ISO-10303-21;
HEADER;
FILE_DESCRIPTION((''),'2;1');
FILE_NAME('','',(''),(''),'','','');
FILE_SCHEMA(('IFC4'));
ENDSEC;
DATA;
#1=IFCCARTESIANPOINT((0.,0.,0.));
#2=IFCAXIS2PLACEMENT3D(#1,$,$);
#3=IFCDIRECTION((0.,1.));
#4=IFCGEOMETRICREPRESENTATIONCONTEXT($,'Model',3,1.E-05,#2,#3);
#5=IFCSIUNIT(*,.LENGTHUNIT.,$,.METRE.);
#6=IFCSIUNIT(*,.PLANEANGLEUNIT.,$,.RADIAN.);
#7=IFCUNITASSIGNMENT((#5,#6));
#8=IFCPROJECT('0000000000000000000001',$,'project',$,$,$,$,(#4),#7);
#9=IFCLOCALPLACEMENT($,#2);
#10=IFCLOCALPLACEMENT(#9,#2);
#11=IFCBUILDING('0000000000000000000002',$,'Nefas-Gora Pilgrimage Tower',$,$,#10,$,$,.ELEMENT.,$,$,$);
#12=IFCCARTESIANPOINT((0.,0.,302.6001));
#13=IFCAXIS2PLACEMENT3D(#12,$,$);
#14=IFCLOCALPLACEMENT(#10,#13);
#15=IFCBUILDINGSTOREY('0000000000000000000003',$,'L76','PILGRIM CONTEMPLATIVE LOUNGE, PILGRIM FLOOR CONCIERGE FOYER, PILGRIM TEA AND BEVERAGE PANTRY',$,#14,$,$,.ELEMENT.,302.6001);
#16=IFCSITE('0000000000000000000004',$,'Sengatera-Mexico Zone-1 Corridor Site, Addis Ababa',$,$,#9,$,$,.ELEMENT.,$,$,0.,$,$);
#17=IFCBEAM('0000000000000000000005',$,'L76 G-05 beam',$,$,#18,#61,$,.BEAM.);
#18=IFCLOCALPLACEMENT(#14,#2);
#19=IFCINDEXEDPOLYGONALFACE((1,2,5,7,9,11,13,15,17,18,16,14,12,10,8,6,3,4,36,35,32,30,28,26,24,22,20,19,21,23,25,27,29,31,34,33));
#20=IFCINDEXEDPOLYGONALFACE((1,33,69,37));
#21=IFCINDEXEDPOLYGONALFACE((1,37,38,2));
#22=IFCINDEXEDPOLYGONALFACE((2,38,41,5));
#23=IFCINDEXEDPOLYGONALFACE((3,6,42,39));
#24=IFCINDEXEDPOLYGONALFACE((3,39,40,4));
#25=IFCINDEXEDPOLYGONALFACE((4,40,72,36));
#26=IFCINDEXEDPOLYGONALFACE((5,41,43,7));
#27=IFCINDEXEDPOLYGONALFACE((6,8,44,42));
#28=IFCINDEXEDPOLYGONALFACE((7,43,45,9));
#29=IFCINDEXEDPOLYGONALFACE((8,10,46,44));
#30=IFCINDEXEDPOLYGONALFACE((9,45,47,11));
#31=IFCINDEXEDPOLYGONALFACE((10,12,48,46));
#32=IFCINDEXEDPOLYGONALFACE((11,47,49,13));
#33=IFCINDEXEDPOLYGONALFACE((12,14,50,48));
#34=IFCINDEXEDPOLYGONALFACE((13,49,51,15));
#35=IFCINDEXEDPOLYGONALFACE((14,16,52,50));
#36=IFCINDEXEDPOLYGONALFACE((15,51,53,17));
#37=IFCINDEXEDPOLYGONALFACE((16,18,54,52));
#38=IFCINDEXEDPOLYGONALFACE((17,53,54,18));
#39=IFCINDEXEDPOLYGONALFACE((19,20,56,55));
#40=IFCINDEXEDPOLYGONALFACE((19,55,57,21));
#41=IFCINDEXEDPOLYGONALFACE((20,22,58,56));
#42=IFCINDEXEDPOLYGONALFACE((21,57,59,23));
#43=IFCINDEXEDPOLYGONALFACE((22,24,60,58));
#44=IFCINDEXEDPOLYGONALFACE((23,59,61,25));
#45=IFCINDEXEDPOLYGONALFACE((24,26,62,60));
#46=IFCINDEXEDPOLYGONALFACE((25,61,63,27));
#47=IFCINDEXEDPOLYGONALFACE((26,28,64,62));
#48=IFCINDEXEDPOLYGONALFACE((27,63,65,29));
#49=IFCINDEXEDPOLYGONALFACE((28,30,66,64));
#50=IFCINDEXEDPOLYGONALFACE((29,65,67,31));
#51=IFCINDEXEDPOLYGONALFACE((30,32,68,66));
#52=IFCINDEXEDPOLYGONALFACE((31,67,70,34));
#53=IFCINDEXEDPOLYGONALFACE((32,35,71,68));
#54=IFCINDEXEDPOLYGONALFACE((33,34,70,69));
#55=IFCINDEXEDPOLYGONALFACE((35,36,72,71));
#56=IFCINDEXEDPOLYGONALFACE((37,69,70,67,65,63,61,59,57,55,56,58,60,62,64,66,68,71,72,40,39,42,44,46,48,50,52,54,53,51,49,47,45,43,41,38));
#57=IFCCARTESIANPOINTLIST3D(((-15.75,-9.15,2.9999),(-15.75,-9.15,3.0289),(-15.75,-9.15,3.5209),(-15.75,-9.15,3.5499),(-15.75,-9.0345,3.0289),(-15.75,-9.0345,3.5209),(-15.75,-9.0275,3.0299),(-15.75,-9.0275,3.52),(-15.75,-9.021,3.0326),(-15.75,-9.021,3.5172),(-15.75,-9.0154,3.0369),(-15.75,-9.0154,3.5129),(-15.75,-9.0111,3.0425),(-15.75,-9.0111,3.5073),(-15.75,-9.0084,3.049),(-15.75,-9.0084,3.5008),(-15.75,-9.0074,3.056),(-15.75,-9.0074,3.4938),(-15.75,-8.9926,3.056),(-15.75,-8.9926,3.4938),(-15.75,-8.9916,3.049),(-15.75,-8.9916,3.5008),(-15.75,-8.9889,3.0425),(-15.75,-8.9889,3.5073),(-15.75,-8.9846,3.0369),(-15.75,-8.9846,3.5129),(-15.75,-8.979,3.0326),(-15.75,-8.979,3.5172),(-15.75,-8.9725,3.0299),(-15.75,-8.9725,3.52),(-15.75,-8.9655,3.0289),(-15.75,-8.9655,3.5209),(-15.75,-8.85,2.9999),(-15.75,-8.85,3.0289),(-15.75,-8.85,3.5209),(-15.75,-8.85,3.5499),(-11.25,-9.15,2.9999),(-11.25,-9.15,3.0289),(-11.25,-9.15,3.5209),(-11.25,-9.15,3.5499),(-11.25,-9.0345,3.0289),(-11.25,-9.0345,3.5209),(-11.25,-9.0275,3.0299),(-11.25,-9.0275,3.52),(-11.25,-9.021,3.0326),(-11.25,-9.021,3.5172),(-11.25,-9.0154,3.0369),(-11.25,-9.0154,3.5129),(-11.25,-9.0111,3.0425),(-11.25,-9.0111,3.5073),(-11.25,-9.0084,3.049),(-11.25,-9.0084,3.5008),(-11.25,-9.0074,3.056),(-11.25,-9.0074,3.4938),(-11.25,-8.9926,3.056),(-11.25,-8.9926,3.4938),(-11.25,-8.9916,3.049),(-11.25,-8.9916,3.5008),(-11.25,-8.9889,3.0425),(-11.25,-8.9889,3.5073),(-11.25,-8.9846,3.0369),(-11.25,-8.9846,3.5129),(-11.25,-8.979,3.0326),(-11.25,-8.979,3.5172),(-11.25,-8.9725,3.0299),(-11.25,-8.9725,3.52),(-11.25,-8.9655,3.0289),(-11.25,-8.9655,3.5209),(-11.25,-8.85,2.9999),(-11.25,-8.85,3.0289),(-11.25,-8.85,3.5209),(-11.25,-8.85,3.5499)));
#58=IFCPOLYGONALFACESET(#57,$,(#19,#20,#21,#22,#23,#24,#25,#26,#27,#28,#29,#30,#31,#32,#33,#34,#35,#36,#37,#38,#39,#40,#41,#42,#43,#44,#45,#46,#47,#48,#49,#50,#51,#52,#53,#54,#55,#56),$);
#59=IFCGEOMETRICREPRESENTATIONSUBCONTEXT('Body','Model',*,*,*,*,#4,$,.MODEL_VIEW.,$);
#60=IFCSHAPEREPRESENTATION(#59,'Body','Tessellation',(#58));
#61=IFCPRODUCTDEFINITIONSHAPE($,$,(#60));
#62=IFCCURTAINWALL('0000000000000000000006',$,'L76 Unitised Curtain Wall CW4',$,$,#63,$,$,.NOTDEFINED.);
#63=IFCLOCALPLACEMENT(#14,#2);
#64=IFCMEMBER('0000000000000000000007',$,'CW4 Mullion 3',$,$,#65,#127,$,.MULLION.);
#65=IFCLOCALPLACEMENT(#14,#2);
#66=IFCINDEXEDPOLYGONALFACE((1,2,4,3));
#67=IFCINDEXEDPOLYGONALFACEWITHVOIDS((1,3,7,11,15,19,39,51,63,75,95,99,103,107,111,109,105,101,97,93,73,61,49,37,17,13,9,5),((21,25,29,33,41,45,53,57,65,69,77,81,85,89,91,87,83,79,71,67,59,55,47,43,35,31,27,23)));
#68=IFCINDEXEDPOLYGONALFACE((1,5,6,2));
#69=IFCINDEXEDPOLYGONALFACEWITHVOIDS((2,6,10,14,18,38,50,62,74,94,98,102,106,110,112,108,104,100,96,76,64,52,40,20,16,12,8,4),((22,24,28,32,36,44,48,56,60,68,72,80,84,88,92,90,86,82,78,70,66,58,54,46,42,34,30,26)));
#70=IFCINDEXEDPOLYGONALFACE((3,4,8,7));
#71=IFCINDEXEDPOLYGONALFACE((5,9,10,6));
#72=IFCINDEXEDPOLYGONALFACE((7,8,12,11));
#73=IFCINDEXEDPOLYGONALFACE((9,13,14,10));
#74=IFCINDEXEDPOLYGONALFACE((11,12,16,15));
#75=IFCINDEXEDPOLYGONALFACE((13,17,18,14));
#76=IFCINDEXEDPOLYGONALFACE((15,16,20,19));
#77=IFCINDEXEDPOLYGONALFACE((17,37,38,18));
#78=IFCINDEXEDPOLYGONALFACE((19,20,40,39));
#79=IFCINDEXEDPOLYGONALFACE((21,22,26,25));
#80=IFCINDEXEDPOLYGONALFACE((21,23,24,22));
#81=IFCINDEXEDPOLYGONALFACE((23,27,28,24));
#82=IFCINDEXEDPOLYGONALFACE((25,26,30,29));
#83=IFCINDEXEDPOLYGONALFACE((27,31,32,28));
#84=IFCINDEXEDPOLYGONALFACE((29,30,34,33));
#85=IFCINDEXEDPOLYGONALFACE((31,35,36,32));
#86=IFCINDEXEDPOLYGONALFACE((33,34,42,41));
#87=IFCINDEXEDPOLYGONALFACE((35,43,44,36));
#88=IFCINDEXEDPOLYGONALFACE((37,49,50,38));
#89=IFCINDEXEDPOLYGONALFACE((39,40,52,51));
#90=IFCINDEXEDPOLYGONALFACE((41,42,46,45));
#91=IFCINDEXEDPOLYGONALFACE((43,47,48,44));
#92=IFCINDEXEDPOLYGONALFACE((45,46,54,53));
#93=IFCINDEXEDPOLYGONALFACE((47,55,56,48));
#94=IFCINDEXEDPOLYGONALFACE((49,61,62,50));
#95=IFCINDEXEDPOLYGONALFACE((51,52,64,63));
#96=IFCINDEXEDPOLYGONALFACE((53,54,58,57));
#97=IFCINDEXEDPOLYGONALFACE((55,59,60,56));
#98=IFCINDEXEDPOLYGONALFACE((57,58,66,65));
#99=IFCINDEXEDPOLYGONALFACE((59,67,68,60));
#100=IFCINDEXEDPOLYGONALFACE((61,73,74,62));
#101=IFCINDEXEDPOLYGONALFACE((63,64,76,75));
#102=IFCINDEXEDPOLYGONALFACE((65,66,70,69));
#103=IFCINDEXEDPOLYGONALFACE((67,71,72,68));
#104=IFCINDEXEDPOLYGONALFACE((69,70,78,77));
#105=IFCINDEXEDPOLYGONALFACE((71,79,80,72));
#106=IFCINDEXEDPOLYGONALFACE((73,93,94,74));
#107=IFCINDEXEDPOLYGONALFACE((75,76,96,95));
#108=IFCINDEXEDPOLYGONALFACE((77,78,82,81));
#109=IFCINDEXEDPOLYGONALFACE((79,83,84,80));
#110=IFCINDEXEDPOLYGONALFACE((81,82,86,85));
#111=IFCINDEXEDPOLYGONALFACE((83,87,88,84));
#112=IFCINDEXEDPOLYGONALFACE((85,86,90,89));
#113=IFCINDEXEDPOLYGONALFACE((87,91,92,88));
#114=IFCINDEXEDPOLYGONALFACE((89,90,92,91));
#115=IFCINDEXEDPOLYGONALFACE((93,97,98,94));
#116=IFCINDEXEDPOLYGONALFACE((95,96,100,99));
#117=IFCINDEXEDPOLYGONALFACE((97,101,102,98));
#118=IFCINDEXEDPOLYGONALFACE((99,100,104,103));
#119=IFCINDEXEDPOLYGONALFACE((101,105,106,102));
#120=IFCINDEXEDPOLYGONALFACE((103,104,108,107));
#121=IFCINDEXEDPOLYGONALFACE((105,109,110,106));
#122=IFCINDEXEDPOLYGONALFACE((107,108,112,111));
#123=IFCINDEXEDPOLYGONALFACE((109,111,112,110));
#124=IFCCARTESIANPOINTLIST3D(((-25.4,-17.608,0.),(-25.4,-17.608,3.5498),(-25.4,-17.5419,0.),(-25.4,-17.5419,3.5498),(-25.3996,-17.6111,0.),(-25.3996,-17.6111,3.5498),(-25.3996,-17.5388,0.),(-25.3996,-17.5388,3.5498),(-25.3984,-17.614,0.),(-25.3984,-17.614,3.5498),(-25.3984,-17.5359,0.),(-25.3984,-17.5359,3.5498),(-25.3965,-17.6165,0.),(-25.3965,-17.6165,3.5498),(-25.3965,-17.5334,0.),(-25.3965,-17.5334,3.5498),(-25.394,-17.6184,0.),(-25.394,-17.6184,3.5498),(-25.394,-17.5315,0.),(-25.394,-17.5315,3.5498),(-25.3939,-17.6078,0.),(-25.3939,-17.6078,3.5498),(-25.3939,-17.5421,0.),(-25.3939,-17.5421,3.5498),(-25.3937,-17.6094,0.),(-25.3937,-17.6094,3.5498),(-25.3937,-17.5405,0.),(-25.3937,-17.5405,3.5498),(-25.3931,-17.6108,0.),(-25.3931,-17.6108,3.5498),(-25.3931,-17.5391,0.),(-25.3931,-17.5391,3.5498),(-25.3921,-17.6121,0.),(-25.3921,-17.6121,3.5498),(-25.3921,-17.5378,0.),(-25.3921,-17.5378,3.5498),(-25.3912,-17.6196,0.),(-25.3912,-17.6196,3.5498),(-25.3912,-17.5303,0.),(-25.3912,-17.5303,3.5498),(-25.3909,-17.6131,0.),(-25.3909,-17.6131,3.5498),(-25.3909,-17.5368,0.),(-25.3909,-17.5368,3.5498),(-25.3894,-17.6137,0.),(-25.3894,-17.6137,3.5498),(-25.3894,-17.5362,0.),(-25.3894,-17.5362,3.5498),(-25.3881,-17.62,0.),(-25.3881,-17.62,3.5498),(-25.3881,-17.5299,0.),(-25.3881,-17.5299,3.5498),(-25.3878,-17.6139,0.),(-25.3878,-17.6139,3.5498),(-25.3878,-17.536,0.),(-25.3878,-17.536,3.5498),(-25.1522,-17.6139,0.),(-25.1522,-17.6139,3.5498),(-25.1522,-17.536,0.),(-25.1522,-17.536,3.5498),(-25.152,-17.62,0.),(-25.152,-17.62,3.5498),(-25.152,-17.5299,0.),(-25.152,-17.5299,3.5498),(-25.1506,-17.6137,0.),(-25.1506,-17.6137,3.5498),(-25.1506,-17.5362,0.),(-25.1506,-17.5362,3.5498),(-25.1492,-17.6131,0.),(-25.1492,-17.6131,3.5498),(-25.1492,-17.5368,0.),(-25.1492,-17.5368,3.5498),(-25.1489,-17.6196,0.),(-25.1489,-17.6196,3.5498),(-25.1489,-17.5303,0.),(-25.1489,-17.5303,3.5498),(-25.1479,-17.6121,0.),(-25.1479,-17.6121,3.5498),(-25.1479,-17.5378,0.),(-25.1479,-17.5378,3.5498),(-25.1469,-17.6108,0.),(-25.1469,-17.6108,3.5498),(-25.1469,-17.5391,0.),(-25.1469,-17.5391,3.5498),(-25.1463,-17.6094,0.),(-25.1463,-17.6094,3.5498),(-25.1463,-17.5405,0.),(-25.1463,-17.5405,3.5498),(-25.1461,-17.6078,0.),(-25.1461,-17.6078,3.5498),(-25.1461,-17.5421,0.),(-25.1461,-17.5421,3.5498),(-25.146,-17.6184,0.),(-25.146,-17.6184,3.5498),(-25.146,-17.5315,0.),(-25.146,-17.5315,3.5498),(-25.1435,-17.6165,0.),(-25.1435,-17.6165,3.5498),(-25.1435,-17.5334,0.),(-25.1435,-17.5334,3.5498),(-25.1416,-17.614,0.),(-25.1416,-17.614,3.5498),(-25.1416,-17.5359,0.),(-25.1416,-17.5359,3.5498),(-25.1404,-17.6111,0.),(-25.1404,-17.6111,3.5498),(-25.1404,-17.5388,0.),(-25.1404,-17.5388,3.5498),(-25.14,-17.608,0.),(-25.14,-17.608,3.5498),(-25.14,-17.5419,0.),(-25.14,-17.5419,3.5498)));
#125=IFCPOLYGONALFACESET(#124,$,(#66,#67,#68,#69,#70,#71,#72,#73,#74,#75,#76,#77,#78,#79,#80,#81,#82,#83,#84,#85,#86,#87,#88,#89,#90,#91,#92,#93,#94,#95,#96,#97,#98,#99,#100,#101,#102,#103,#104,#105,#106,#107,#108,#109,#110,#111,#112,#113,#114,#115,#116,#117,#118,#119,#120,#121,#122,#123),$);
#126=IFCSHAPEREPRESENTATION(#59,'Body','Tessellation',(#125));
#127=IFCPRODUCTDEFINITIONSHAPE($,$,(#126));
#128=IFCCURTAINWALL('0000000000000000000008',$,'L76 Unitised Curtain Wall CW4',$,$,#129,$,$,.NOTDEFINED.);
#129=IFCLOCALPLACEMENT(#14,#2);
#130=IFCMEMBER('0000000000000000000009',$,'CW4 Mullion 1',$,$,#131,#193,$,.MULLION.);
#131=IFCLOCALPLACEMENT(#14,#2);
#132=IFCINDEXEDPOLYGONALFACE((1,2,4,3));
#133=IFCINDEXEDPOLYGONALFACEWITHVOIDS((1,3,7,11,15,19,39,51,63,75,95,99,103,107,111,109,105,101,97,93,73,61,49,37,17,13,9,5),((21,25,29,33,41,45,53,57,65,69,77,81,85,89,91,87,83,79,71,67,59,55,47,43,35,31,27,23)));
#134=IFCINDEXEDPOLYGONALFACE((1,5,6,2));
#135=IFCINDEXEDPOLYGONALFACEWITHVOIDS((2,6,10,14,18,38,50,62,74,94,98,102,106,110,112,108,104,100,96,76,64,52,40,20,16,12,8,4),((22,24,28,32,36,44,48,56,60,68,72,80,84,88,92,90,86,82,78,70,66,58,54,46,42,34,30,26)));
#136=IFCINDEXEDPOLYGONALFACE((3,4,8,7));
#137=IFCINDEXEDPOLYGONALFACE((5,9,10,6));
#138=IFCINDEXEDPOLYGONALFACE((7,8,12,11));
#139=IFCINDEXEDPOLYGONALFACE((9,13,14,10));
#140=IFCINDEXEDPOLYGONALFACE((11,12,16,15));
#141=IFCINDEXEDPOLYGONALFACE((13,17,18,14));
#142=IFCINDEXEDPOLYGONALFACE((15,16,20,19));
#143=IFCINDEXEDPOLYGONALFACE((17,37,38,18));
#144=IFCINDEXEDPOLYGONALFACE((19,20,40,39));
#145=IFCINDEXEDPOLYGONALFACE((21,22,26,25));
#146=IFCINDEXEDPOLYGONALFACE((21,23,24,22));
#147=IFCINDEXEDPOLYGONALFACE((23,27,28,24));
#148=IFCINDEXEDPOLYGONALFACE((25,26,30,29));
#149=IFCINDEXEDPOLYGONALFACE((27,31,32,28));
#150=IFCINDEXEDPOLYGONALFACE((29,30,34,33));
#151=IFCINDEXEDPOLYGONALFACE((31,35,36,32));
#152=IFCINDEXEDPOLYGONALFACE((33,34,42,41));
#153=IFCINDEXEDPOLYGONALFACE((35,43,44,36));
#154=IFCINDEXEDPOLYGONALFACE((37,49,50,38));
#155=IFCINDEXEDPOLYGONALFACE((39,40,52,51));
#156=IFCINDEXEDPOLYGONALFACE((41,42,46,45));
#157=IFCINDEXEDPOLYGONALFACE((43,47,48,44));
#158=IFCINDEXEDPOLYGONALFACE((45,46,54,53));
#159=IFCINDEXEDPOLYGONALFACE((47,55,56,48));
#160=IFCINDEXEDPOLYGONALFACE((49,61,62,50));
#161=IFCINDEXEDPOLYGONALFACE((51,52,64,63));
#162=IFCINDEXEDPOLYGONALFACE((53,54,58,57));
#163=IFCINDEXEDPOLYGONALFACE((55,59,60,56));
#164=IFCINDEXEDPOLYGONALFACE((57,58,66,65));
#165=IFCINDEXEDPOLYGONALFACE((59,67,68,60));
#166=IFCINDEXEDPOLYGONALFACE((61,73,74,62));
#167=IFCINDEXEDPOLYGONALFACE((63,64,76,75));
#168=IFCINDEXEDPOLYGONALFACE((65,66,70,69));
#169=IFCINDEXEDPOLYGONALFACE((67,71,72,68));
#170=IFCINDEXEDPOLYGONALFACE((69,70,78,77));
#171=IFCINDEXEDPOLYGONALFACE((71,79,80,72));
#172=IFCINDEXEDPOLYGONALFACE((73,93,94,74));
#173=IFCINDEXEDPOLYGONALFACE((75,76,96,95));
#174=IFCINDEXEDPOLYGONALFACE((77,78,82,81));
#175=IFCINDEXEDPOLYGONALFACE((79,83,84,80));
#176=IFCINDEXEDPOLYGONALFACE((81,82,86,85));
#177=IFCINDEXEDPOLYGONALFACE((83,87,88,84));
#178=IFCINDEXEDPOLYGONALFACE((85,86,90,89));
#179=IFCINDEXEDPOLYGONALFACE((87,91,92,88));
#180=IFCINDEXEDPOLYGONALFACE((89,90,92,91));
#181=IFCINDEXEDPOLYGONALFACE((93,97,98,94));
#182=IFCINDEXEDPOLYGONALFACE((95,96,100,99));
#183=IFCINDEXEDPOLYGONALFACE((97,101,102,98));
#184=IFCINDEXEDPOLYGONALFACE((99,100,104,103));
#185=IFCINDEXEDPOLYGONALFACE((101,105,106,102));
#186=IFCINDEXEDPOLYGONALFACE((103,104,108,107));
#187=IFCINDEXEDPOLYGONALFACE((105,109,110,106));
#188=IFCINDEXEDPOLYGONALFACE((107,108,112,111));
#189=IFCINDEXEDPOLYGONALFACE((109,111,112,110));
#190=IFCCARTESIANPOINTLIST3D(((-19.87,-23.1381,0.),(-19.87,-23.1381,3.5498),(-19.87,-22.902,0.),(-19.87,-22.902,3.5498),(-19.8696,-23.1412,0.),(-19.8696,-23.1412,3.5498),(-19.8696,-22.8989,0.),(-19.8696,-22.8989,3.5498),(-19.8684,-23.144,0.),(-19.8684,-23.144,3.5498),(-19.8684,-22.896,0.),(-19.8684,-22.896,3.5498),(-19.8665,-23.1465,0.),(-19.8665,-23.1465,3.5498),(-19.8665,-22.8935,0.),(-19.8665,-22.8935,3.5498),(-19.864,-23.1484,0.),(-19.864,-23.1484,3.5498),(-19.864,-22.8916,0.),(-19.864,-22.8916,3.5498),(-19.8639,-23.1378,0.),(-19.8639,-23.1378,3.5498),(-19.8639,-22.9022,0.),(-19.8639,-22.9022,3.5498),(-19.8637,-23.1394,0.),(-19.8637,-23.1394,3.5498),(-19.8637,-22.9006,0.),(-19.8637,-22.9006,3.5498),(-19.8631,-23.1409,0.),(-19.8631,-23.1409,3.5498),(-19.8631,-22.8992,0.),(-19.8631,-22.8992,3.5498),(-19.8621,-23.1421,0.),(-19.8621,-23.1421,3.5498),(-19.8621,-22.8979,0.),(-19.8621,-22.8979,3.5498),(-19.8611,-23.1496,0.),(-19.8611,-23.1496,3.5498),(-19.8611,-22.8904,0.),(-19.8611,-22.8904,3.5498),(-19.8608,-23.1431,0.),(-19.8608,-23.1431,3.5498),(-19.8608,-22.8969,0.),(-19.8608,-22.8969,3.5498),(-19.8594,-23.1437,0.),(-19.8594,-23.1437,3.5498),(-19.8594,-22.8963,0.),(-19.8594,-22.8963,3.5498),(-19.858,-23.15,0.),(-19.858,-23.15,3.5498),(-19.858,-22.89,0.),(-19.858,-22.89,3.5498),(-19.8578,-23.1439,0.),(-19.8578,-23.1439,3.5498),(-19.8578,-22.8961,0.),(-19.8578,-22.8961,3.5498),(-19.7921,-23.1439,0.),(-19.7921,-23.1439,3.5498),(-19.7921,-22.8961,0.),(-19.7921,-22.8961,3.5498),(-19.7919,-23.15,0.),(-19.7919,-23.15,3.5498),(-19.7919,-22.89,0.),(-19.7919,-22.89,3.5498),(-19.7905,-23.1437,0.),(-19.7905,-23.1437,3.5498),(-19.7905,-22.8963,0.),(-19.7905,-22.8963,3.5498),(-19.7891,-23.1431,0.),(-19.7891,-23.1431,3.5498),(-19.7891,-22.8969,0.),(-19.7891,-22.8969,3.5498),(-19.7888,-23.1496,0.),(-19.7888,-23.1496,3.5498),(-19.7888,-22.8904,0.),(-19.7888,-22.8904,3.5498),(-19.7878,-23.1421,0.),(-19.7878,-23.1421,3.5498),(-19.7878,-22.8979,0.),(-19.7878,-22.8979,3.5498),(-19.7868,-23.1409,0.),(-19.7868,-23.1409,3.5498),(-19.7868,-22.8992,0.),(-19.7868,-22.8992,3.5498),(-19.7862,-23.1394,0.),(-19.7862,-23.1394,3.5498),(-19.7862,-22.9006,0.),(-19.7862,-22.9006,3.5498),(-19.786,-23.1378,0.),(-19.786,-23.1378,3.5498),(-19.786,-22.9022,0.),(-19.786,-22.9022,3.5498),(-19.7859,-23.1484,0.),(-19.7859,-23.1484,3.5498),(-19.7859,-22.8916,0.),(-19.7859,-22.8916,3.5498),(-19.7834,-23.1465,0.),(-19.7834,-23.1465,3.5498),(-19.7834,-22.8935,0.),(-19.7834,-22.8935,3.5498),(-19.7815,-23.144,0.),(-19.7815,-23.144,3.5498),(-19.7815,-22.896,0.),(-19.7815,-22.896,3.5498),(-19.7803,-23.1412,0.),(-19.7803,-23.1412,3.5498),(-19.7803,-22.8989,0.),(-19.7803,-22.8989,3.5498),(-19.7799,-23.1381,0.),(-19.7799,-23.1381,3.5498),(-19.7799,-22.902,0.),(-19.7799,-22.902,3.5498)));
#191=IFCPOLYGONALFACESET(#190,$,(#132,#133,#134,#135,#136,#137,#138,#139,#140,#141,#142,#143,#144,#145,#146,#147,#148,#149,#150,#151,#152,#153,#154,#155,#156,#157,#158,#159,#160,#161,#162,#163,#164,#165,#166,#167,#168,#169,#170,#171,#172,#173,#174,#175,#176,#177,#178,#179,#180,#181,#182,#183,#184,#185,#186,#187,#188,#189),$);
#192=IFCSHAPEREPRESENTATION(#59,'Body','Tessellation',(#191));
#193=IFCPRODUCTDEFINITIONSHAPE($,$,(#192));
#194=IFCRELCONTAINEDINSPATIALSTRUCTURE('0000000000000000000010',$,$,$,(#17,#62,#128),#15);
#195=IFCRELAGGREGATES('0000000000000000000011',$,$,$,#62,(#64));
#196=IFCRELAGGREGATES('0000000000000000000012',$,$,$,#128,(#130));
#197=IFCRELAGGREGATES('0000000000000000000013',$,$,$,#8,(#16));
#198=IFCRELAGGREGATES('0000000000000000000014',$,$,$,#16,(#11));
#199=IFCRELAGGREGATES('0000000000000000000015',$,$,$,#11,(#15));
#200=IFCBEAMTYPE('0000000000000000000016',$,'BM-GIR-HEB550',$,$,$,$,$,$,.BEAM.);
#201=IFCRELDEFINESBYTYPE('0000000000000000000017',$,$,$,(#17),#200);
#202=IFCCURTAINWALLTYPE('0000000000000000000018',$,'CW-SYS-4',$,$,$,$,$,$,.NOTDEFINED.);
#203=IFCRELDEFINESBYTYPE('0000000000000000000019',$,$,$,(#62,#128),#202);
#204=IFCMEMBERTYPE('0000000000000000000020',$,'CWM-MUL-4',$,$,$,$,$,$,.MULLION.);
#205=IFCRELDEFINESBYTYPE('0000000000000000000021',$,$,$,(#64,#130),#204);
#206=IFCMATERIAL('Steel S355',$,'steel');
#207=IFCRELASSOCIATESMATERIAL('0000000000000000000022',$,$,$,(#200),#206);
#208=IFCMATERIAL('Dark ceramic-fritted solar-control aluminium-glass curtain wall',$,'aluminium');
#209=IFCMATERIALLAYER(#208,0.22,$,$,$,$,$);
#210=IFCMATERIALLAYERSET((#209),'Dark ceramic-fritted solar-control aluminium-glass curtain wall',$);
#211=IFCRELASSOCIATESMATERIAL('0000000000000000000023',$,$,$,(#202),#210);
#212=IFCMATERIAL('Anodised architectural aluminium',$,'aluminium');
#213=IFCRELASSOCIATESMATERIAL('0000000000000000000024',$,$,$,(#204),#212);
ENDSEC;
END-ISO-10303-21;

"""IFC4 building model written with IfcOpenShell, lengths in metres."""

from ifc_helpers import new_model, si_unit, direction, frame, origin, origin_2d, place, context, subcontext, project, spatial, hollow_rectangle, i_section, extrude, source, transform, mapped, material, layer, layer_set, material_profile, profile_set, type_object, element, aggregate, save


model = new_model("IFC4")

# Units and contexts
model_context = context("Model", 3, precision=1e-05, world=origin(), true_north=direction((0.0, 1.0)))
body_context = subcontext(model_context, "Body", "Model", "MODEL_VIEW")
ifc_project = project(units=[si_unit("LENGTHUNIT", "METRE"), si_unit("PLANEANGLEUNIT", "RADIAN")], contexts=[model_context])

# Site, building, storey
site_placement = place(None, origin())
site = spatial("IfcSite", under=ifc_project, at=site_placement, Name="Sengatera-Mexico Zone-1 Corridor Site, Addis Ababa", CompositionType="ELEMENT", RefElevation=0.0)
building_placement = place(site_placement, origin())
building = spatial("IfcBuilding", under=site, at=building_placement, Name="Nefas-Gora Pilgrimage Tower", CompositionType="ELEMENT")
storey_placement = place(building_placement, frame((0.0, 0.0, 302.6001)))
storey = spatial("IfcBuildingStorey", under=building, at=storey_placement, Name="L76", Description="PILGRIM CONTEMPLATIVE LOUNGE, PILGRIM FLOOR CONCIERGE FOYER, PILGRIM TEA AND BEVERAGE PANTRY", CompositionType="ELEMENT", Elevation=302.6001)

# Shared definitions
ifc_material_1 = material(Name="Steel S355", Category="steel")

# Beam
ifc_material_profile_1 = material_profile(ifc_material_1, i_section(OverallWidth=0.3, OverallDepth=0.55, WebThickness=0.0149, FlangeThickness=0.0291, FilletRadius=0.0271, at=origin_2d()), Name="HEB 550")
ifc_profile_set_1 = profile_set([ifc_material_profile_1], Name="Steel S355")
beam_type_1 = type_object("IfcBeamType", Name="BM-GIR-HEB550", PredefinedType="BEAM", material=ifc_profile_set_1)
shared_shape_1 = source(origin(), body_context, "Body", "SweptSolid", [
    extrude(i_section(OverallWidth=0.3, OverallDepth=0.55, WebThickness=0.0149, FlangeThickness=0.0291, FilletRadius=0.0271, at=origin_2d()), origin(), (0.0, 0.0, 1.0), 4.5),
])
for number, where, z_axis, x_axis, name in (
    (1, (-15.75, -9.0, 3.2749), (1.0, 0.0, 0.0), (0.0, 1.0, 0.0), "L76 G-05 beam"),
):
    element("IfcBeam", number, at=place(storey_placement, frame(where, z_axis=z_axis, x_axis=x_axis)), inside=storey, type_object=beam_type_1, Name=name, PredefinedType="BEAM", context=body_context, shape_type="MappedRepresentation", body=[
        mapped(shared_shape_1, transform((0.0, 0.0, 0.0), x_axis=(1.0, 0.0, 0.0), y_axis=(0.0, 1.0, 0.0), z_axis=(0.0, 0.0, 1.0), scale=1.0)),
    ])

# Curtain wall, member
ifc_material_2 = material(Name="Dark ceramic-fritted solar-control aluminium-glass curtain wall", Category="aluminium")
ifc_layer_1 = layer(ifc_material_2, 0.22)
ifc_layer_set_1 = layer_set([ifc_layer_1], Name="Dark ceramic-fritted solar-control aluminium-glass curtain wall")
curtain_wall_type = type_object("IfcCurtainWallType", Name="CW-SYS-4", PredefinedType="NOTDEFINED", material=ifc_layer_set_1)
curtain_wall_1_placement = place(storey_placement, origin())
curtain_wall_1 = element("IfcCurtainWall", 2, at=curtain_wall_1_placement, inside=storey, type_object=curtain_wall_type, Name="L76 Unitised Curtain Wall CW4", PredefinedType="NOTDEFINED")
ifc_material_3 = material(Name="Anodised architectural aluminium", Category="aluminium")
ifc_material_profile_2 = material_profile(ifc_material_3, hollow_rectangle(XDim=0.0901, YDim=0.26, WallThickness=0.0061, InnerFilletRadius=0.0061, OuterFilletRadius=0.012, at=origin_2d()), Name="ALU MULLION 90x260")
ifc_profile_set_2 = profile_set([ifc_material_profile_2], Name="Anodised architectural aluminium")
member_type_1 = type_object("IfcMemberType", Name="CWM-MUL-4", PredefinedType="MULLION", material=ifc_profile_set_2)
shared_shape_2 = source(origin(), body_context, "Body", "SweptSolid", [
    extrude(hollow_rectangle(XDim=0.0901, YDim=0.26, WallThickness=0.0061, InnerFilletRadius=0.0061, OuterFilletRadius=0.012, at=origin_2d()), origin(), (0.0, 0.0, 1.0), 3.5498),
])
member_1_placement = place(storey_placement, frame((-25.27, -17.575, 0.0), z_axis=(0.0, 0.0, 1.0), x_axis=(0.0, -1.0, 0.0)))
member_1 = element("IfcMember", 3, at=member_1_placement, type_object=member_type_1, Name="CW4 Mullion 3", PredefinedType="MULLION", context=body_context, shape_type="MappedRepresentation", body=[
    mapped(shared_shape_2, transform((0.0, 0.0, 0.0), x_axis=(1.0, 0.0, 0.0), y_axis=(0.0, 1.0, 0.0), z_axis=(0.0, 0.0, 1.0), scale=1.0)),
])
aggregate(curtain_wall_1, [member_1])

# Curtain wall, member
curtain_wall_2_placement = place(storey_placement, origin())
curtain_wall_2 = element("IfcCurtainWall", 4, at=curtain_wall_2_placement, inside=storey, type_object=curtain_wall_type, Name="L76 Unitised Curtain Wall CW4", PredefinedType="NOTDEFINED")
member_2_placement = place(storey_placement, frame((-19.825, -23.02, 0.0), z_axis=(0.0, 0.0, 1.0), x_axis=(1.0, 0.0, 0.0)))
member_2 = element("IfcMember", 5, at=member_2_placement, type_object=member_type_1, Name="CW4 Mullion 1", PredefinedType="MULLION", context=body_context, shape_type="MappedRepresentation", body=[
    mapped(shared_shape_2, transform((0.0, 0.0, 0.0), x_axis=(1.0, 0.0, 0.0), y_axis=(0.0, 1.0, 0.0), z_axis=(0.0, 0.0, 1.0), scale=1.0)),
])
aggregate(curtain_wall_2, [member_2])

save(model, "model.ifc")
